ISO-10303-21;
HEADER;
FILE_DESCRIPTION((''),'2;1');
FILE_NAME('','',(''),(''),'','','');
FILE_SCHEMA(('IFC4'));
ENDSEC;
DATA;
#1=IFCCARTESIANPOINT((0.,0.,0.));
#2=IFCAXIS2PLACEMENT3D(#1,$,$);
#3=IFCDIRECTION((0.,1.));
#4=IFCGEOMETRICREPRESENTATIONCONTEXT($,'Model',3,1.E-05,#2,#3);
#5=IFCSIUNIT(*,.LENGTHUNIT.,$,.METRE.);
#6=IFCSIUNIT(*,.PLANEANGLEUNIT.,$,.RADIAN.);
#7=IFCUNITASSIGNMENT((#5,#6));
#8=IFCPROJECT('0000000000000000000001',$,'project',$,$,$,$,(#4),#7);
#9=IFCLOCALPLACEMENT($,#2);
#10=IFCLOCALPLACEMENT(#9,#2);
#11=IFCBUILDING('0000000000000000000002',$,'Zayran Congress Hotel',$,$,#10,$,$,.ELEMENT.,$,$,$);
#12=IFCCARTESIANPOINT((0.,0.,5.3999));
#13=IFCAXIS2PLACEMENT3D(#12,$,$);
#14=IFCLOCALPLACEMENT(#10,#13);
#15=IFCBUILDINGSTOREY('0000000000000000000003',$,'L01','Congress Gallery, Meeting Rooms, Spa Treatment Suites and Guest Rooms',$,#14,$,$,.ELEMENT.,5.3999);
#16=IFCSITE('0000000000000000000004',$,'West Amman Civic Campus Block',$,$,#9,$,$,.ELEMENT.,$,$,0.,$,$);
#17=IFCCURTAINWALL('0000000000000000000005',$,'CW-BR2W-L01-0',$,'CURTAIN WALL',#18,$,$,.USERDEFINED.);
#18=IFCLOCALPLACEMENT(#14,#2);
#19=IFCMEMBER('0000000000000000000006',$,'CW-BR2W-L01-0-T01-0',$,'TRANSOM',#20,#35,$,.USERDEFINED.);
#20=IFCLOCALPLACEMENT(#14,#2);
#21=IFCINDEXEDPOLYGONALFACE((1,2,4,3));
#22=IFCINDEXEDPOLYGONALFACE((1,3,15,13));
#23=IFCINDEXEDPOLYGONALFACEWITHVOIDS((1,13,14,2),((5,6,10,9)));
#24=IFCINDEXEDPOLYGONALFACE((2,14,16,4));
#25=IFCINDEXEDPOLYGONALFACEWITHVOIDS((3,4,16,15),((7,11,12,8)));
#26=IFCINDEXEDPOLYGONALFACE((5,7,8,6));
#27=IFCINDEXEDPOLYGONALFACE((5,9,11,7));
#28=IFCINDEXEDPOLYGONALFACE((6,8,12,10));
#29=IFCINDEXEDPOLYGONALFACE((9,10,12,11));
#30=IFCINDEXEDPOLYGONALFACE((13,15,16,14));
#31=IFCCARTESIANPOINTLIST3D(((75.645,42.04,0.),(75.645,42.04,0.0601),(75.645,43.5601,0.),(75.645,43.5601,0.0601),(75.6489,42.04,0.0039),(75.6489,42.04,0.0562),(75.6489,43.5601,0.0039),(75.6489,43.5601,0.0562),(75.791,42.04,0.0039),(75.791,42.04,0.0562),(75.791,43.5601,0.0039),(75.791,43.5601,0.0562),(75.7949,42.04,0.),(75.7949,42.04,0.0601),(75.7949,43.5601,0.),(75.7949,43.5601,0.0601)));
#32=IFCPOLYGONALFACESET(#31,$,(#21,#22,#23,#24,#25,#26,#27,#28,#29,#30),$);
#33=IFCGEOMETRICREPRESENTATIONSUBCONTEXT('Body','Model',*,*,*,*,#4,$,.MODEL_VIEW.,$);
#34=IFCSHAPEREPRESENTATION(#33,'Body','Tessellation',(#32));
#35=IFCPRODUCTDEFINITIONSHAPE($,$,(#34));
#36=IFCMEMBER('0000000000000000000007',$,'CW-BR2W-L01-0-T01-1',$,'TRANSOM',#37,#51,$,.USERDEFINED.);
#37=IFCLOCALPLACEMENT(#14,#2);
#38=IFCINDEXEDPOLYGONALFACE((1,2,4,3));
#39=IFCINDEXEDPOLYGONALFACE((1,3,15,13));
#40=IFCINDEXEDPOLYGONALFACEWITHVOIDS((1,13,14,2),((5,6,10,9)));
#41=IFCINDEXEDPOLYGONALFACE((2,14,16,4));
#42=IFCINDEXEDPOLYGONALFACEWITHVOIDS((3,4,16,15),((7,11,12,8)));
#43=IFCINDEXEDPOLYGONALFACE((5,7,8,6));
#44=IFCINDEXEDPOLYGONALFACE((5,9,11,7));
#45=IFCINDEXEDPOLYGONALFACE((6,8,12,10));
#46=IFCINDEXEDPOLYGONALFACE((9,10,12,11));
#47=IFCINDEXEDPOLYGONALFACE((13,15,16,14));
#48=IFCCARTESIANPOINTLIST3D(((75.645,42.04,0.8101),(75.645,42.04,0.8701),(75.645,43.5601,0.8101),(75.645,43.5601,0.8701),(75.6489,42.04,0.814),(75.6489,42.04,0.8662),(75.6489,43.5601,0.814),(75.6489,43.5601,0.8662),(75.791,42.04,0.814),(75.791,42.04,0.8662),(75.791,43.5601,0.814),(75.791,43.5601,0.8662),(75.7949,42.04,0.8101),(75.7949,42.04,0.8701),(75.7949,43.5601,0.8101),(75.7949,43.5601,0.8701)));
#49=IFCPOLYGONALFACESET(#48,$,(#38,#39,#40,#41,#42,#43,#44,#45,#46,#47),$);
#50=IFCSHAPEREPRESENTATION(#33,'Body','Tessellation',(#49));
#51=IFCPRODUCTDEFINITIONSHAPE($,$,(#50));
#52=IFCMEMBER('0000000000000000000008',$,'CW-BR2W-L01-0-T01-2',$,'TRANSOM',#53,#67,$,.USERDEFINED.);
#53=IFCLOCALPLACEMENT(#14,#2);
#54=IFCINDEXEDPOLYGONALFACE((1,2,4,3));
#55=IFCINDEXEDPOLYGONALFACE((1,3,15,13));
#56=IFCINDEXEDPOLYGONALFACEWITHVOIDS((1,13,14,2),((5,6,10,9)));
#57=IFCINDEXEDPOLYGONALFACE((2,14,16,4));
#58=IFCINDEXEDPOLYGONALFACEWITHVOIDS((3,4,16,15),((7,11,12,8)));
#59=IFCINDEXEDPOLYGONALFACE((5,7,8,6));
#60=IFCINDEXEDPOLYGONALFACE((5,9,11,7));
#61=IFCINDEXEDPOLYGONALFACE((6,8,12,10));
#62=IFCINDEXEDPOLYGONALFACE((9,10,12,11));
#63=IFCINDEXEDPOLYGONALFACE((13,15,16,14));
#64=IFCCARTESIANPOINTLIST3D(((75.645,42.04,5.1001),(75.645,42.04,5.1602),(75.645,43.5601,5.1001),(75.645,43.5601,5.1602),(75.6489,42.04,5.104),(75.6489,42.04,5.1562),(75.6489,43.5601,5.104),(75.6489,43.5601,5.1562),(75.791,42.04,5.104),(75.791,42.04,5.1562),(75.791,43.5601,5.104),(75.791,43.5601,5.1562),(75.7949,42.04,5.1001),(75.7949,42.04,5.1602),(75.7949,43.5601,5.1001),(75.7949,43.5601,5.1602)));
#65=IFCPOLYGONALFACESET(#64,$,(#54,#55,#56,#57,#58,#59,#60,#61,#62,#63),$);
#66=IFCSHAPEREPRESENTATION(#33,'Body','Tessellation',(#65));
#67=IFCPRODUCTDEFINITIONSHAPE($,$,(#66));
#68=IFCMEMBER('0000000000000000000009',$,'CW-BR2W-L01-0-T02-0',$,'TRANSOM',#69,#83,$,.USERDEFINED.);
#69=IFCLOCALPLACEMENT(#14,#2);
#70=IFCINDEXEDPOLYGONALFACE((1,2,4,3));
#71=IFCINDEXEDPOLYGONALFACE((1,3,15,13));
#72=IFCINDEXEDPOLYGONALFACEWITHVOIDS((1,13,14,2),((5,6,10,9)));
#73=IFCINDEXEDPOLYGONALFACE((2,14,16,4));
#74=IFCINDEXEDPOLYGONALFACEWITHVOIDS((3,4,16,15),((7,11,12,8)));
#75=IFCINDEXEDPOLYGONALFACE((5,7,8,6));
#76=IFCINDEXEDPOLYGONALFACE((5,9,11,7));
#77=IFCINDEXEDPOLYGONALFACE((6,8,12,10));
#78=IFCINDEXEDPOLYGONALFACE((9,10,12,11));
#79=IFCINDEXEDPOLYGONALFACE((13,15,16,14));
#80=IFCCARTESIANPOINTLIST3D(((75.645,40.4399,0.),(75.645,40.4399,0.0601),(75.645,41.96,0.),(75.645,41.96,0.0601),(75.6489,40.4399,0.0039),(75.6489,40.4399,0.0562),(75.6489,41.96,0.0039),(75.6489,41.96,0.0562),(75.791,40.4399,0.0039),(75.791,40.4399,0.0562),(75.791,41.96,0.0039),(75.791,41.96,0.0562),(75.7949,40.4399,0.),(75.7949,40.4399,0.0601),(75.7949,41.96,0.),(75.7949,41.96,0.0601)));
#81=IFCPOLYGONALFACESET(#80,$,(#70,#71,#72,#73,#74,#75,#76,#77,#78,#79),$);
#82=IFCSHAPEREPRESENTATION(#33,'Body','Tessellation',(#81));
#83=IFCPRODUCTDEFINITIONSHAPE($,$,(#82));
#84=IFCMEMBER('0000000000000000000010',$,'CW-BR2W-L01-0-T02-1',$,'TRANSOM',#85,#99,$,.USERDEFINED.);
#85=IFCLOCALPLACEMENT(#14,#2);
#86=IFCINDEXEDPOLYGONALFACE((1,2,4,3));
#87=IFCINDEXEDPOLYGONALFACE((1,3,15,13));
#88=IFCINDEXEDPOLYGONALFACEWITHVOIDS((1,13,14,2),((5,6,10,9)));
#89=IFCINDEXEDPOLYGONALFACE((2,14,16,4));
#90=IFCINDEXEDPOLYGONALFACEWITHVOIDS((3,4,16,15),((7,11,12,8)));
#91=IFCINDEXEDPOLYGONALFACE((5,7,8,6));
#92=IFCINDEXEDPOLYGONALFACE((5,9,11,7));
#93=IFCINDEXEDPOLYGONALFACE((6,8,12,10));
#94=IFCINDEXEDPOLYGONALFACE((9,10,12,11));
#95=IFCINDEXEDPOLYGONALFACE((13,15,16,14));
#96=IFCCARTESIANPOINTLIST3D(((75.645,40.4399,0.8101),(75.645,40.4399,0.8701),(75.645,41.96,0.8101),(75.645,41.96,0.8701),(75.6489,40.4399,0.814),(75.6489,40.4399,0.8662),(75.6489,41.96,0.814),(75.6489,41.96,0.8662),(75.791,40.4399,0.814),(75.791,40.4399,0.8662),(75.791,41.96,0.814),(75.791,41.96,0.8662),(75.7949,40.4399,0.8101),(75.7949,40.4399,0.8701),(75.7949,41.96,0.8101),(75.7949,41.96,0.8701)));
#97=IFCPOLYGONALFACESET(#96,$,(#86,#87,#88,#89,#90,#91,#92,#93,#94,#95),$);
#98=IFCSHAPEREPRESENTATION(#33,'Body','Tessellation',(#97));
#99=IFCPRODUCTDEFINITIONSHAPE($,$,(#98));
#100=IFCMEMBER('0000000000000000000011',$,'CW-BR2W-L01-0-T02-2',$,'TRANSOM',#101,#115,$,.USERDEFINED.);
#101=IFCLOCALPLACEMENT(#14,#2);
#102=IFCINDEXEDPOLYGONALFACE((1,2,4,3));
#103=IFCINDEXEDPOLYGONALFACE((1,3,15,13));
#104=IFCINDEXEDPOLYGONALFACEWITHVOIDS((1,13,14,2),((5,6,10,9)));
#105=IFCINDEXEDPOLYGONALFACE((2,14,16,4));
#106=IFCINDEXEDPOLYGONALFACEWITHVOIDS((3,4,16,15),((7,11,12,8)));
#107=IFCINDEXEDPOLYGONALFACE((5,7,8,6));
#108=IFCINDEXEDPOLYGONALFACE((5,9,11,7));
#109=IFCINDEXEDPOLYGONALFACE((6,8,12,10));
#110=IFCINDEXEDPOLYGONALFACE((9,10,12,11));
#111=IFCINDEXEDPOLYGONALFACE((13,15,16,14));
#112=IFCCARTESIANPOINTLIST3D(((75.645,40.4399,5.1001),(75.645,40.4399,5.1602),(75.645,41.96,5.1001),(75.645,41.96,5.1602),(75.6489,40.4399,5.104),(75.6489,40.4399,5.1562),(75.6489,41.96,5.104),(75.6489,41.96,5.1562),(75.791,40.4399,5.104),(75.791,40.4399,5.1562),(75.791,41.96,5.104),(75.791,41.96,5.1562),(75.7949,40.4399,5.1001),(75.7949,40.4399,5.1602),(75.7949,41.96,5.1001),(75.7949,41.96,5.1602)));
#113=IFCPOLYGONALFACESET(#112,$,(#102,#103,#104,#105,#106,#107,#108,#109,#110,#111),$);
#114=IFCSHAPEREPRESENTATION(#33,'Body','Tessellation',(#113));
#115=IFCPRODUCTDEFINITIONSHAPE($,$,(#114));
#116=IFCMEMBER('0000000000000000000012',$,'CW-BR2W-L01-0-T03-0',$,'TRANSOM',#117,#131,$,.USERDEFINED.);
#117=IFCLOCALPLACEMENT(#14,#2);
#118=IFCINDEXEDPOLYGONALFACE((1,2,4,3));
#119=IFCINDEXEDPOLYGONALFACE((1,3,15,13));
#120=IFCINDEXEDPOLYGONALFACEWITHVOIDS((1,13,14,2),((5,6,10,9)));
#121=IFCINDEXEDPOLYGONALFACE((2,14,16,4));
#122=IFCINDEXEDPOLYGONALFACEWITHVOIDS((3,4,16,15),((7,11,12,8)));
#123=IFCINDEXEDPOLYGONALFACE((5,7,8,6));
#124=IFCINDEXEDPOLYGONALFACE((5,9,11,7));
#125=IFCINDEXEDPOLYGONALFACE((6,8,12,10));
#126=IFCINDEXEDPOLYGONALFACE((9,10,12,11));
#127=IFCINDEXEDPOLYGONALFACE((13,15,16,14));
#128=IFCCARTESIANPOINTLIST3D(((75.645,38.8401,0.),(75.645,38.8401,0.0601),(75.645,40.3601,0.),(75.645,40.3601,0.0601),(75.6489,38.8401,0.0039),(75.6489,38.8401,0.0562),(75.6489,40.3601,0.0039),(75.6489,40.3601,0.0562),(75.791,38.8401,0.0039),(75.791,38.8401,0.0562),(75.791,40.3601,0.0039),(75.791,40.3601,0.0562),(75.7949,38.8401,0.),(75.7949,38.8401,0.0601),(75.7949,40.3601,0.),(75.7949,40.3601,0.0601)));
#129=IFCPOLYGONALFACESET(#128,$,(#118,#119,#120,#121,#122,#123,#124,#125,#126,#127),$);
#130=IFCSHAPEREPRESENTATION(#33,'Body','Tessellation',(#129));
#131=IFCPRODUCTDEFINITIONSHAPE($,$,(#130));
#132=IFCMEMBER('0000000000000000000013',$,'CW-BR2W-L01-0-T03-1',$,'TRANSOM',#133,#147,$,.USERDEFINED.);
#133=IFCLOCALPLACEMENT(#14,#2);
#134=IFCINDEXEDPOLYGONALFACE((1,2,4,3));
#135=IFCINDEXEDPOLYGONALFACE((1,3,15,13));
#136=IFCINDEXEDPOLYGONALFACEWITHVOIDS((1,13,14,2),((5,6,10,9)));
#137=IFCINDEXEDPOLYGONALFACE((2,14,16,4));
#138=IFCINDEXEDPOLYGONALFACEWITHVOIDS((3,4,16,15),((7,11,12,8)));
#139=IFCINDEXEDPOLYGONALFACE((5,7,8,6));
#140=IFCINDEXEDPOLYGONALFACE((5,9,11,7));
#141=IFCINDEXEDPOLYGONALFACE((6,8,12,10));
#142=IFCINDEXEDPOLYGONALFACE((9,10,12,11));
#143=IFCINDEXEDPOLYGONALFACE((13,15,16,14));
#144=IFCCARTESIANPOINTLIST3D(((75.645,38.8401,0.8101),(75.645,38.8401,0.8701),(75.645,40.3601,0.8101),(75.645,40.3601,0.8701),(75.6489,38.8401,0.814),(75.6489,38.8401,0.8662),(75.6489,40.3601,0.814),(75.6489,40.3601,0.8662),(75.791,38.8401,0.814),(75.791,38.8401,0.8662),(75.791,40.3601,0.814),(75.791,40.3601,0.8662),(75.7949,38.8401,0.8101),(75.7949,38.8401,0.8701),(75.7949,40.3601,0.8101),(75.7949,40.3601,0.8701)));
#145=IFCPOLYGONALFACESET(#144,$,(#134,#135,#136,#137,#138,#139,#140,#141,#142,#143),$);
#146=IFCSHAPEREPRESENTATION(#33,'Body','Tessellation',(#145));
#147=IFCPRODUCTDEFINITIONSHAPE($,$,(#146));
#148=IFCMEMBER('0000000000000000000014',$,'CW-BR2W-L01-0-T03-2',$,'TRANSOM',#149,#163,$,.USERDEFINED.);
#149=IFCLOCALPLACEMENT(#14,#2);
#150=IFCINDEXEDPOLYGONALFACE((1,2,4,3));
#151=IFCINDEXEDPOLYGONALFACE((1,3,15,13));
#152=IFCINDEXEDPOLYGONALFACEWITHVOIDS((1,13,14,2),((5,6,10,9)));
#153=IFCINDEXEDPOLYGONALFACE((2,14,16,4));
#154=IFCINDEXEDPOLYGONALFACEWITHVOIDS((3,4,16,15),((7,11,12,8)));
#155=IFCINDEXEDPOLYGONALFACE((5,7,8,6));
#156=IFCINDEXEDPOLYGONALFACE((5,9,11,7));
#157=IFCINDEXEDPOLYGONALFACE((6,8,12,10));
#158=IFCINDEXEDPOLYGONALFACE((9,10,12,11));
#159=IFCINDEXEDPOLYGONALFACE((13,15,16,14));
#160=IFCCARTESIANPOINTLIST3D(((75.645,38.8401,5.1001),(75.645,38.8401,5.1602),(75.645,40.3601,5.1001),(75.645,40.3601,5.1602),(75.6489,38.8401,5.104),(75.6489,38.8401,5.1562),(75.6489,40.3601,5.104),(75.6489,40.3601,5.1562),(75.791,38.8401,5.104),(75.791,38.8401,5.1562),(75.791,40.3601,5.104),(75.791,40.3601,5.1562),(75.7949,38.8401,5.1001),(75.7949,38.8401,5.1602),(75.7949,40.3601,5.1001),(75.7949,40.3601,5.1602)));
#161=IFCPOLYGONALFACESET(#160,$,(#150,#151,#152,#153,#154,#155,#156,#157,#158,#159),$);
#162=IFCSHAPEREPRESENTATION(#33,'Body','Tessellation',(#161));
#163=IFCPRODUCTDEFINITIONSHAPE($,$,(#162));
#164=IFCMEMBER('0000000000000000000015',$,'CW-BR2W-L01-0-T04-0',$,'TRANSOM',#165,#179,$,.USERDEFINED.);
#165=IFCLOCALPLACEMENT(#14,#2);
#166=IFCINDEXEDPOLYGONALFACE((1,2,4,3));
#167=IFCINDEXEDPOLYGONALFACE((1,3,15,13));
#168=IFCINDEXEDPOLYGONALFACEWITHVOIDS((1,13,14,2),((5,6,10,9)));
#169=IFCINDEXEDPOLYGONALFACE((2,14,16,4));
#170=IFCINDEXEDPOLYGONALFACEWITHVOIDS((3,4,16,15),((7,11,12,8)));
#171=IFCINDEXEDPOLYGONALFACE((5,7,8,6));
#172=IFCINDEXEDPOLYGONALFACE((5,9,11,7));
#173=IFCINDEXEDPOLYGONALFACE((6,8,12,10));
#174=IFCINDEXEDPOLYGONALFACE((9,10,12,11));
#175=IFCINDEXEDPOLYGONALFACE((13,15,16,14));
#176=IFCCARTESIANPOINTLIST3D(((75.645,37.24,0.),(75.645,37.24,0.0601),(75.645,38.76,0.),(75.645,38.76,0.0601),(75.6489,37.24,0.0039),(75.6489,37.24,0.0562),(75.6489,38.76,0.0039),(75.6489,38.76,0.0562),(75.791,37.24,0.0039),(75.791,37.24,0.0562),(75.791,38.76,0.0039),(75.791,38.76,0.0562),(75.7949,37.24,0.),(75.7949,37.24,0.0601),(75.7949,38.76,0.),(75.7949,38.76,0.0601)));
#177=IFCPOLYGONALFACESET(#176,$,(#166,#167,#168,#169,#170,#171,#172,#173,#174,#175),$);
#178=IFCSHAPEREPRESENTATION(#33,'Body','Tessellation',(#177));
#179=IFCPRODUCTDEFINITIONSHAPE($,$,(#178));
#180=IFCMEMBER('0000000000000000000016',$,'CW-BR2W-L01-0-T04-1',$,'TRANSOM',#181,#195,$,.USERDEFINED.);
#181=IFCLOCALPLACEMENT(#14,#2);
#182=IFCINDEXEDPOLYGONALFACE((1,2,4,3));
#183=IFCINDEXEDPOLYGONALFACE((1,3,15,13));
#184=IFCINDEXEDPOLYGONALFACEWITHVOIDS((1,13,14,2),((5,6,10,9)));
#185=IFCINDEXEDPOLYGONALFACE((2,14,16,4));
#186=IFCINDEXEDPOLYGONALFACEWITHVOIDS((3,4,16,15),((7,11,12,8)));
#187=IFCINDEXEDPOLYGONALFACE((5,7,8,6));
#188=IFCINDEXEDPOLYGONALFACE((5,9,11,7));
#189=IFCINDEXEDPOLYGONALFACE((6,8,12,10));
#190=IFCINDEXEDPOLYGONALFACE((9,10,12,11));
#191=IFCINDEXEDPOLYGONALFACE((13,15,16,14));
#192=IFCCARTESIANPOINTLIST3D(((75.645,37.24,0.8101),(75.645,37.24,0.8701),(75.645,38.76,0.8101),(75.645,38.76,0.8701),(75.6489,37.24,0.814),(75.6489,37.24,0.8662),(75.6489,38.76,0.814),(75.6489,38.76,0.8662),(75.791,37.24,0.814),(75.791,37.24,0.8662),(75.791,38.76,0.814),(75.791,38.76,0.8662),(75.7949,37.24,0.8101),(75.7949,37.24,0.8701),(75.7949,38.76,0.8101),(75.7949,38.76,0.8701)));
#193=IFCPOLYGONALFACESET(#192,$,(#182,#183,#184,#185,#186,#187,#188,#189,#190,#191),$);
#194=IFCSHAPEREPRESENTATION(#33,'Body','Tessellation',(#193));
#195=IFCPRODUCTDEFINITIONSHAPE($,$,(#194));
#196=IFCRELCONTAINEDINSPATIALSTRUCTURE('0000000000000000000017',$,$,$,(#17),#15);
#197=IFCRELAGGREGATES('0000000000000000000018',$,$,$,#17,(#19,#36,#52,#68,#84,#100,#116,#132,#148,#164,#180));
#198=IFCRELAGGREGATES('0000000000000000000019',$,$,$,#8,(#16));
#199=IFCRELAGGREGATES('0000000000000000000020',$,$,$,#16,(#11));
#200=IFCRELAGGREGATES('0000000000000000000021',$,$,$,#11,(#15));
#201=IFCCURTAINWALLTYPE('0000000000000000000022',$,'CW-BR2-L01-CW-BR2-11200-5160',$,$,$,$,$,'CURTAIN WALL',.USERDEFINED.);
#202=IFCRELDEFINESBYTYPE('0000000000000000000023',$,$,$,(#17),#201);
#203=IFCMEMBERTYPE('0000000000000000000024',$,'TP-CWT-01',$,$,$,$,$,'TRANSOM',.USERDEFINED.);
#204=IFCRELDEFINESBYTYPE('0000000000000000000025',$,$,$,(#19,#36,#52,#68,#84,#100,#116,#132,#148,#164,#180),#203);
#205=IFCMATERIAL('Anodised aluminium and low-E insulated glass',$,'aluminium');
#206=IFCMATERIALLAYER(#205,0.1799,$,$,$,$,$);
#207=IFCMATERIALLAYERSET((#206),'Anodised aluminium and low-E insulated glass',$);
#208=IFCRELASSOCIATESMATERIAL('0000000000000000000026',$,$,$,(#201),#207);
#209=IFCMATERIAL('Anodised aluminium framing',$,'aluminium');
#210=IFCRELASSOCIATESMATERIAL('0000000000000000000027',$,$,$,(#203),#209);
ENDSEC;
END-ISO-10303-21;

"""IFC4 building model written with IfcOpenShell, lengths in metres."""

from ifc_helpers import new_model, si_unit, direction, frame, origin, origin_2d, place, context, subcontext, project, spatial, hollow_rectangle, extrude, material, layer, layer_set, material_profile, profile_set, type_object, element, aggregate, save


model = new_model("IFC4")

# Units and contexts
model_context = context("Model", 3, precision=1e-05, world=origin(), true_north=direction((0.0, 1.0)))
body_context = subcontext(model_context, "Body", "Model", "MODEL_VIEW")
ifc_project = project(units=[si_unit("LENGTHUNIT", "METRE"), si_unit("PLANEANGLEUNIT", "RADIAN")], contexts=[model_context])

# Site, building, storey
site_placement = place(None, origin())
site = spatial("IfcSite", under=ifc_project, at=site_placement, Name="West Amman Civic Campus Block", CompositionType="ELEMENT", RefElevation=0.0)
building_placement = place(site_placement, origin())
building = spatial("IfcBuilding", under=site, at=building_placement, Name="Zayran Congress Hotel", CompositionType="ELEMENT")
storey_placement = place(building_placement, frame((0.0, 0.0, 5.3999)))
storey = spatial("IfcBuildingStorey", under=building, at=storey_placement, Name="L01", Description="Congress Gallery, Meeting Rooms, Spa Treatment Suites and Guest Rooms", CompositionType="ELEMENT", Elevation=5.3999)

# Curtain wall, members
ifc_material_1 = material(Name="Anodised aluminium and low-E insulated glass", Category="aluminium")
ifc_layer_1 = layer(ifc_material_1, 0.1799)
ifc_layer_set_1 = layer_set([ifc_layer_1], Name="Anodised aluminium and low-E insulated glass")
curtain_wall_type = type_object("IfcCurtainWallType", Name="CW-BR2-L01-CW-BR2-11200-5160", ElementType="CURTAIN WALL", PredefinedType="USERDEFINED", material=ifc_layer_set_1)
curtain_wall_placement = place(storey_placement, origin())
curtain_wall = element("IfcCurtainWall", 1, at=curtain_wall_placement, inside=storey, type_object=curtain_wall_type, Name="CW-BR2W-L01-0", ObjectType="CURTAIN WALL", PredefinedType="USERDEFINED")
ifc_material_2 = material(Name="Anodised aluminium framing", Category="aluminium")
ifc_material_profile_1 = material_profile(ifc_material_2, hollow_rectangle(XDim=0.0601, YDim=0.1499, WallThickness=0.0039, at=origin_2d()), Name="RHS 150x60x4")
ifc_profile_set_1 = profile_set([ifc_material_profile_1], Name="Anodised aluminium framing")
member_type_1 = type_object("IfcMemberType", Name="TP-CWT-01", ElementType="TRANSOM", PredefinedType="USERDEFINED", material=ifc_profile_set_1)
member_1_placement = place(storey_placement, frame((75.72, 43.5601, 0.03), z_axis=(0.0, -1.0, 0.0), x_axis=(0.0, 0.0, 1.0)))
member_1 = element("IfcMember", 2, at=member_1_placement, type_object=member_type_1, Name="CW-BR2W-L01-0-T01-0", ObjectType="TRANSOM", PredefinedType="USERDEFINED", context=body_context, shape_type="SweptSolid", body=[
    extrude(hollow_rectangle(XDim=0.0601, YDim=0.1499, WallThickness=0.0039, at=origin_2d()), origin(), (0.0, 0.0, 1.0), 1.52),
])
member_2_placement = place(storey_placement, frame((75.72, 43.5601, 0.8401), z_axis=(0.0, -1.0, 0.0), x_axis=(0.0, 0.0, 1.0)))
member_2 = element("IfcMember", 3, at=member_2_placement, type_object=member_type_1, Name="CW-BR2W-L01-0-T01-1", ObjectType="TRANSOM", PredefinedType="USERDEFINED", context=body_context, shape_type="SweptSolid", body=[
    extrude(hollow_rectangle(XDim=0.0601, YDim=0.1499, WallThickness=0.0039, at=origin_2d()), origin(), (0.0, 0.0, 1.0), 1.52),
])
member_3_placement = place(storey_placement, frame((75.72, 43.5601, 5.1301), z_axis=(0.0, -1.0, 0.0), x_axis=(0.0, 0.0, 1.0)))
member_3 = element("IfcMember", 4, at=member_3_placement, type_object=member_type_1, Name="CW-BR2W-L01-0-T01-2", ObjectType="TRANSOM", PredefinedType="USERDEFINED", context=body_context, shape_type="SweptSolid", body=[
    extrude(hollow_rectangle(XDim=0.0601, YDim=0.1499, WallThickness=0.0039, at=origin_2d()), origin(), (0.0, 0.0, 1.0), 1.52),
])
member_4_placement = place(storey_placement, frame((75.72, 41.96, 0.03), z_axis=(0.0, -1.0, 0.0), x_axis=(0.0, 0.0, 1.0)))
member_4 = element("IfcMember", 5, at=member_4_placement, type_object=member_type_1, Name="CW-BR2W-L01-0-T02-0", ObjectType="TRANSOM", PredefinedType="USERDEFINED", context=body_context, shape_type="SweptSolid", body=[
    extrude(hollow_rectangle(XDim=0.0601, YDim=0.1499, WallThickness=0.0039, at=origin_2d()), origin(), (0.0, 0.0, 1.0), 1.52),
])
member_5_placement = place(storey_placement, frame((75.72, 41.96, 0.8401), z_axis=(0.0, -1.0, 0.0), x_axis=(0.0, 0.0, 1.0)))
member_5 = element("IfcMember", 6, at=member_5_placement, type_object=member_type_1, Name="CW-BR2W-L01-0-T02-1", ObjectType="TRANSOM", PredefinedType="USERDEFINED", context=body_context, shape_type="SweptSolid", body=[
    extrude(hollow_rectangle(XDim=0.0601, YDim=0.1499, WallThickness=0.0039, at=origin_2d()), origin(), (0.0, 0.0, 1.0), 1.52),
])
member_6_placement = place(storey_placement, frame((75.72, 41.96, 5.1301), z_axis=(0.0, -1.0, 0.0), x_axis=(0.0, 0.0, 1.0)))
member_6 = element("IfcMember", 7, at=member_6_placement, type_object=member_type_1, Name="CW-BR2W-L01-0-T02-2", ObjectType="TRANSOM", PredefinedType="USERDEFINED", context=body_context, shape_type="SweptSolid", body=[
    extrude(hollow_rectangle(XDim=0.0601, YDim=0.1499, WallThickness=0.0039, at=origin_2d()), origin(), (0.0, 0.0, 1.0), 1.52),
])
member_7_placement = place(storey_placement, frame((75.72, 40.3601, 0.03), z_axis=(0.0, -1.0, 0.0), x_axis=(0.0, 0.0, 1.0)))
member_7 = element("IfcMember", 8, at=member_7_placement, type_object=member_type_1, Name="CW-BR2W-L01-0-T03-0", ObjectType="TRANSOM", PredefinedType="USERDEFINED", context=body_context, shape_type="SweptSolid", body=[
    extrude(hollow_rectangle(XDim=0.0601, YDim=0.1499, WallThickness=0.0039, at=origin_2d()), origin(), (0.0, 0.0, 1.0), 1.52),
])
member_8_placement = place(storey_placement, frame((75.72, 40.3601, 0.8401), z_axis=(0.0, -1.0, 0.0), x_axis=(0.0, 0.0, 1.0)))
member_8 = element("IfcMember", 9, at=member_8_placement, type_object=member_type_1, Name="CW-BR2W-L01-0-T03-1", ObjectType="TRANSOM", PredefinedType="USERDEFINED", context=body_context, shape_type="SweptSolid", body=[
    extrude(hollow_rectangle(XDim=0.0601, YDim=0.1499, WallThickness=0.0039, at=origin_2d()), origin(), (0.0, 0.0, 1.0), 1.52),
])
member_9_placement = place(storey_placement, frame((75.72, 40.3601, 5.1301), z_axis=(0.0, -1.0, 0.0), x_axis=(0.0, 0.0, 1.0)))
member_9 = element("IfcMember", 10, at=member_9_placement, type_object=member_type_1, Name="CW-BR2W-L01-0-T03-2", ObjectType="TRANSOM", PredefinedType="USERDEFINED", context=body_context, shape_type="SweptSolid", body=[
    extrude(hollow_rectangle(XDim=0.0601, YDim=0.1499, WallThickness=0.0039, at=origin_2d()), origin(), (0.0, 0.0, 1.0), 1.52),
])
member_10_placement = place(storey_placement, frame((75.72, 38.76, 0.03), z_axis=(0.0, -1.0, 0.0), x_axis=(0.0, 0.0, 1.0)))
member_10 = element("IfcMember", 11, at=member_10_placement, type_object=member_type_1, Name="CW-BR2W-L01-0-T04-0", ObjectType="TRANSOM", PredefinedType="USERDEFINED", context=body_context, shape_type="SweptSolid", body=[
    extrude(hollow_rectangle(XDim=0.0601, YDim=0.1499, WallThickness=0.0039, at=origin_2d()), origin(), (0.0, 0.0, 1.0), 1.52),
])
member_11_placement = place(storey_placement, frame((75.72, 38.76, 0.8401), z_axis=(0.0, -1.0, 0.0), x_axis=(0.0, 0.0, 1.0)))
member_11 = element("IfcMember", 12, at=member_11_placement, type_object=member_type_1, Name="CW-BR2W-L01-0-T04-1", ObjectType="TRANSOM", PredefinedType="USERDEFINED", context=body_context, shape_type="SweptSolid", body=[
    extrude(hollow_rectangle(XDim=0.0601, YDim=0.1499, WallThickness=0.0039, at=origin_2d()), origin(), (0.0, 0.0, 1.0), 1.52),
])
aggregate(curtain_wall, [member_1, member_2, member_3, member_4, member_5, member_6, member_7, member_8, member_9, member_10, member_11])

save(model, "model.ifc")
